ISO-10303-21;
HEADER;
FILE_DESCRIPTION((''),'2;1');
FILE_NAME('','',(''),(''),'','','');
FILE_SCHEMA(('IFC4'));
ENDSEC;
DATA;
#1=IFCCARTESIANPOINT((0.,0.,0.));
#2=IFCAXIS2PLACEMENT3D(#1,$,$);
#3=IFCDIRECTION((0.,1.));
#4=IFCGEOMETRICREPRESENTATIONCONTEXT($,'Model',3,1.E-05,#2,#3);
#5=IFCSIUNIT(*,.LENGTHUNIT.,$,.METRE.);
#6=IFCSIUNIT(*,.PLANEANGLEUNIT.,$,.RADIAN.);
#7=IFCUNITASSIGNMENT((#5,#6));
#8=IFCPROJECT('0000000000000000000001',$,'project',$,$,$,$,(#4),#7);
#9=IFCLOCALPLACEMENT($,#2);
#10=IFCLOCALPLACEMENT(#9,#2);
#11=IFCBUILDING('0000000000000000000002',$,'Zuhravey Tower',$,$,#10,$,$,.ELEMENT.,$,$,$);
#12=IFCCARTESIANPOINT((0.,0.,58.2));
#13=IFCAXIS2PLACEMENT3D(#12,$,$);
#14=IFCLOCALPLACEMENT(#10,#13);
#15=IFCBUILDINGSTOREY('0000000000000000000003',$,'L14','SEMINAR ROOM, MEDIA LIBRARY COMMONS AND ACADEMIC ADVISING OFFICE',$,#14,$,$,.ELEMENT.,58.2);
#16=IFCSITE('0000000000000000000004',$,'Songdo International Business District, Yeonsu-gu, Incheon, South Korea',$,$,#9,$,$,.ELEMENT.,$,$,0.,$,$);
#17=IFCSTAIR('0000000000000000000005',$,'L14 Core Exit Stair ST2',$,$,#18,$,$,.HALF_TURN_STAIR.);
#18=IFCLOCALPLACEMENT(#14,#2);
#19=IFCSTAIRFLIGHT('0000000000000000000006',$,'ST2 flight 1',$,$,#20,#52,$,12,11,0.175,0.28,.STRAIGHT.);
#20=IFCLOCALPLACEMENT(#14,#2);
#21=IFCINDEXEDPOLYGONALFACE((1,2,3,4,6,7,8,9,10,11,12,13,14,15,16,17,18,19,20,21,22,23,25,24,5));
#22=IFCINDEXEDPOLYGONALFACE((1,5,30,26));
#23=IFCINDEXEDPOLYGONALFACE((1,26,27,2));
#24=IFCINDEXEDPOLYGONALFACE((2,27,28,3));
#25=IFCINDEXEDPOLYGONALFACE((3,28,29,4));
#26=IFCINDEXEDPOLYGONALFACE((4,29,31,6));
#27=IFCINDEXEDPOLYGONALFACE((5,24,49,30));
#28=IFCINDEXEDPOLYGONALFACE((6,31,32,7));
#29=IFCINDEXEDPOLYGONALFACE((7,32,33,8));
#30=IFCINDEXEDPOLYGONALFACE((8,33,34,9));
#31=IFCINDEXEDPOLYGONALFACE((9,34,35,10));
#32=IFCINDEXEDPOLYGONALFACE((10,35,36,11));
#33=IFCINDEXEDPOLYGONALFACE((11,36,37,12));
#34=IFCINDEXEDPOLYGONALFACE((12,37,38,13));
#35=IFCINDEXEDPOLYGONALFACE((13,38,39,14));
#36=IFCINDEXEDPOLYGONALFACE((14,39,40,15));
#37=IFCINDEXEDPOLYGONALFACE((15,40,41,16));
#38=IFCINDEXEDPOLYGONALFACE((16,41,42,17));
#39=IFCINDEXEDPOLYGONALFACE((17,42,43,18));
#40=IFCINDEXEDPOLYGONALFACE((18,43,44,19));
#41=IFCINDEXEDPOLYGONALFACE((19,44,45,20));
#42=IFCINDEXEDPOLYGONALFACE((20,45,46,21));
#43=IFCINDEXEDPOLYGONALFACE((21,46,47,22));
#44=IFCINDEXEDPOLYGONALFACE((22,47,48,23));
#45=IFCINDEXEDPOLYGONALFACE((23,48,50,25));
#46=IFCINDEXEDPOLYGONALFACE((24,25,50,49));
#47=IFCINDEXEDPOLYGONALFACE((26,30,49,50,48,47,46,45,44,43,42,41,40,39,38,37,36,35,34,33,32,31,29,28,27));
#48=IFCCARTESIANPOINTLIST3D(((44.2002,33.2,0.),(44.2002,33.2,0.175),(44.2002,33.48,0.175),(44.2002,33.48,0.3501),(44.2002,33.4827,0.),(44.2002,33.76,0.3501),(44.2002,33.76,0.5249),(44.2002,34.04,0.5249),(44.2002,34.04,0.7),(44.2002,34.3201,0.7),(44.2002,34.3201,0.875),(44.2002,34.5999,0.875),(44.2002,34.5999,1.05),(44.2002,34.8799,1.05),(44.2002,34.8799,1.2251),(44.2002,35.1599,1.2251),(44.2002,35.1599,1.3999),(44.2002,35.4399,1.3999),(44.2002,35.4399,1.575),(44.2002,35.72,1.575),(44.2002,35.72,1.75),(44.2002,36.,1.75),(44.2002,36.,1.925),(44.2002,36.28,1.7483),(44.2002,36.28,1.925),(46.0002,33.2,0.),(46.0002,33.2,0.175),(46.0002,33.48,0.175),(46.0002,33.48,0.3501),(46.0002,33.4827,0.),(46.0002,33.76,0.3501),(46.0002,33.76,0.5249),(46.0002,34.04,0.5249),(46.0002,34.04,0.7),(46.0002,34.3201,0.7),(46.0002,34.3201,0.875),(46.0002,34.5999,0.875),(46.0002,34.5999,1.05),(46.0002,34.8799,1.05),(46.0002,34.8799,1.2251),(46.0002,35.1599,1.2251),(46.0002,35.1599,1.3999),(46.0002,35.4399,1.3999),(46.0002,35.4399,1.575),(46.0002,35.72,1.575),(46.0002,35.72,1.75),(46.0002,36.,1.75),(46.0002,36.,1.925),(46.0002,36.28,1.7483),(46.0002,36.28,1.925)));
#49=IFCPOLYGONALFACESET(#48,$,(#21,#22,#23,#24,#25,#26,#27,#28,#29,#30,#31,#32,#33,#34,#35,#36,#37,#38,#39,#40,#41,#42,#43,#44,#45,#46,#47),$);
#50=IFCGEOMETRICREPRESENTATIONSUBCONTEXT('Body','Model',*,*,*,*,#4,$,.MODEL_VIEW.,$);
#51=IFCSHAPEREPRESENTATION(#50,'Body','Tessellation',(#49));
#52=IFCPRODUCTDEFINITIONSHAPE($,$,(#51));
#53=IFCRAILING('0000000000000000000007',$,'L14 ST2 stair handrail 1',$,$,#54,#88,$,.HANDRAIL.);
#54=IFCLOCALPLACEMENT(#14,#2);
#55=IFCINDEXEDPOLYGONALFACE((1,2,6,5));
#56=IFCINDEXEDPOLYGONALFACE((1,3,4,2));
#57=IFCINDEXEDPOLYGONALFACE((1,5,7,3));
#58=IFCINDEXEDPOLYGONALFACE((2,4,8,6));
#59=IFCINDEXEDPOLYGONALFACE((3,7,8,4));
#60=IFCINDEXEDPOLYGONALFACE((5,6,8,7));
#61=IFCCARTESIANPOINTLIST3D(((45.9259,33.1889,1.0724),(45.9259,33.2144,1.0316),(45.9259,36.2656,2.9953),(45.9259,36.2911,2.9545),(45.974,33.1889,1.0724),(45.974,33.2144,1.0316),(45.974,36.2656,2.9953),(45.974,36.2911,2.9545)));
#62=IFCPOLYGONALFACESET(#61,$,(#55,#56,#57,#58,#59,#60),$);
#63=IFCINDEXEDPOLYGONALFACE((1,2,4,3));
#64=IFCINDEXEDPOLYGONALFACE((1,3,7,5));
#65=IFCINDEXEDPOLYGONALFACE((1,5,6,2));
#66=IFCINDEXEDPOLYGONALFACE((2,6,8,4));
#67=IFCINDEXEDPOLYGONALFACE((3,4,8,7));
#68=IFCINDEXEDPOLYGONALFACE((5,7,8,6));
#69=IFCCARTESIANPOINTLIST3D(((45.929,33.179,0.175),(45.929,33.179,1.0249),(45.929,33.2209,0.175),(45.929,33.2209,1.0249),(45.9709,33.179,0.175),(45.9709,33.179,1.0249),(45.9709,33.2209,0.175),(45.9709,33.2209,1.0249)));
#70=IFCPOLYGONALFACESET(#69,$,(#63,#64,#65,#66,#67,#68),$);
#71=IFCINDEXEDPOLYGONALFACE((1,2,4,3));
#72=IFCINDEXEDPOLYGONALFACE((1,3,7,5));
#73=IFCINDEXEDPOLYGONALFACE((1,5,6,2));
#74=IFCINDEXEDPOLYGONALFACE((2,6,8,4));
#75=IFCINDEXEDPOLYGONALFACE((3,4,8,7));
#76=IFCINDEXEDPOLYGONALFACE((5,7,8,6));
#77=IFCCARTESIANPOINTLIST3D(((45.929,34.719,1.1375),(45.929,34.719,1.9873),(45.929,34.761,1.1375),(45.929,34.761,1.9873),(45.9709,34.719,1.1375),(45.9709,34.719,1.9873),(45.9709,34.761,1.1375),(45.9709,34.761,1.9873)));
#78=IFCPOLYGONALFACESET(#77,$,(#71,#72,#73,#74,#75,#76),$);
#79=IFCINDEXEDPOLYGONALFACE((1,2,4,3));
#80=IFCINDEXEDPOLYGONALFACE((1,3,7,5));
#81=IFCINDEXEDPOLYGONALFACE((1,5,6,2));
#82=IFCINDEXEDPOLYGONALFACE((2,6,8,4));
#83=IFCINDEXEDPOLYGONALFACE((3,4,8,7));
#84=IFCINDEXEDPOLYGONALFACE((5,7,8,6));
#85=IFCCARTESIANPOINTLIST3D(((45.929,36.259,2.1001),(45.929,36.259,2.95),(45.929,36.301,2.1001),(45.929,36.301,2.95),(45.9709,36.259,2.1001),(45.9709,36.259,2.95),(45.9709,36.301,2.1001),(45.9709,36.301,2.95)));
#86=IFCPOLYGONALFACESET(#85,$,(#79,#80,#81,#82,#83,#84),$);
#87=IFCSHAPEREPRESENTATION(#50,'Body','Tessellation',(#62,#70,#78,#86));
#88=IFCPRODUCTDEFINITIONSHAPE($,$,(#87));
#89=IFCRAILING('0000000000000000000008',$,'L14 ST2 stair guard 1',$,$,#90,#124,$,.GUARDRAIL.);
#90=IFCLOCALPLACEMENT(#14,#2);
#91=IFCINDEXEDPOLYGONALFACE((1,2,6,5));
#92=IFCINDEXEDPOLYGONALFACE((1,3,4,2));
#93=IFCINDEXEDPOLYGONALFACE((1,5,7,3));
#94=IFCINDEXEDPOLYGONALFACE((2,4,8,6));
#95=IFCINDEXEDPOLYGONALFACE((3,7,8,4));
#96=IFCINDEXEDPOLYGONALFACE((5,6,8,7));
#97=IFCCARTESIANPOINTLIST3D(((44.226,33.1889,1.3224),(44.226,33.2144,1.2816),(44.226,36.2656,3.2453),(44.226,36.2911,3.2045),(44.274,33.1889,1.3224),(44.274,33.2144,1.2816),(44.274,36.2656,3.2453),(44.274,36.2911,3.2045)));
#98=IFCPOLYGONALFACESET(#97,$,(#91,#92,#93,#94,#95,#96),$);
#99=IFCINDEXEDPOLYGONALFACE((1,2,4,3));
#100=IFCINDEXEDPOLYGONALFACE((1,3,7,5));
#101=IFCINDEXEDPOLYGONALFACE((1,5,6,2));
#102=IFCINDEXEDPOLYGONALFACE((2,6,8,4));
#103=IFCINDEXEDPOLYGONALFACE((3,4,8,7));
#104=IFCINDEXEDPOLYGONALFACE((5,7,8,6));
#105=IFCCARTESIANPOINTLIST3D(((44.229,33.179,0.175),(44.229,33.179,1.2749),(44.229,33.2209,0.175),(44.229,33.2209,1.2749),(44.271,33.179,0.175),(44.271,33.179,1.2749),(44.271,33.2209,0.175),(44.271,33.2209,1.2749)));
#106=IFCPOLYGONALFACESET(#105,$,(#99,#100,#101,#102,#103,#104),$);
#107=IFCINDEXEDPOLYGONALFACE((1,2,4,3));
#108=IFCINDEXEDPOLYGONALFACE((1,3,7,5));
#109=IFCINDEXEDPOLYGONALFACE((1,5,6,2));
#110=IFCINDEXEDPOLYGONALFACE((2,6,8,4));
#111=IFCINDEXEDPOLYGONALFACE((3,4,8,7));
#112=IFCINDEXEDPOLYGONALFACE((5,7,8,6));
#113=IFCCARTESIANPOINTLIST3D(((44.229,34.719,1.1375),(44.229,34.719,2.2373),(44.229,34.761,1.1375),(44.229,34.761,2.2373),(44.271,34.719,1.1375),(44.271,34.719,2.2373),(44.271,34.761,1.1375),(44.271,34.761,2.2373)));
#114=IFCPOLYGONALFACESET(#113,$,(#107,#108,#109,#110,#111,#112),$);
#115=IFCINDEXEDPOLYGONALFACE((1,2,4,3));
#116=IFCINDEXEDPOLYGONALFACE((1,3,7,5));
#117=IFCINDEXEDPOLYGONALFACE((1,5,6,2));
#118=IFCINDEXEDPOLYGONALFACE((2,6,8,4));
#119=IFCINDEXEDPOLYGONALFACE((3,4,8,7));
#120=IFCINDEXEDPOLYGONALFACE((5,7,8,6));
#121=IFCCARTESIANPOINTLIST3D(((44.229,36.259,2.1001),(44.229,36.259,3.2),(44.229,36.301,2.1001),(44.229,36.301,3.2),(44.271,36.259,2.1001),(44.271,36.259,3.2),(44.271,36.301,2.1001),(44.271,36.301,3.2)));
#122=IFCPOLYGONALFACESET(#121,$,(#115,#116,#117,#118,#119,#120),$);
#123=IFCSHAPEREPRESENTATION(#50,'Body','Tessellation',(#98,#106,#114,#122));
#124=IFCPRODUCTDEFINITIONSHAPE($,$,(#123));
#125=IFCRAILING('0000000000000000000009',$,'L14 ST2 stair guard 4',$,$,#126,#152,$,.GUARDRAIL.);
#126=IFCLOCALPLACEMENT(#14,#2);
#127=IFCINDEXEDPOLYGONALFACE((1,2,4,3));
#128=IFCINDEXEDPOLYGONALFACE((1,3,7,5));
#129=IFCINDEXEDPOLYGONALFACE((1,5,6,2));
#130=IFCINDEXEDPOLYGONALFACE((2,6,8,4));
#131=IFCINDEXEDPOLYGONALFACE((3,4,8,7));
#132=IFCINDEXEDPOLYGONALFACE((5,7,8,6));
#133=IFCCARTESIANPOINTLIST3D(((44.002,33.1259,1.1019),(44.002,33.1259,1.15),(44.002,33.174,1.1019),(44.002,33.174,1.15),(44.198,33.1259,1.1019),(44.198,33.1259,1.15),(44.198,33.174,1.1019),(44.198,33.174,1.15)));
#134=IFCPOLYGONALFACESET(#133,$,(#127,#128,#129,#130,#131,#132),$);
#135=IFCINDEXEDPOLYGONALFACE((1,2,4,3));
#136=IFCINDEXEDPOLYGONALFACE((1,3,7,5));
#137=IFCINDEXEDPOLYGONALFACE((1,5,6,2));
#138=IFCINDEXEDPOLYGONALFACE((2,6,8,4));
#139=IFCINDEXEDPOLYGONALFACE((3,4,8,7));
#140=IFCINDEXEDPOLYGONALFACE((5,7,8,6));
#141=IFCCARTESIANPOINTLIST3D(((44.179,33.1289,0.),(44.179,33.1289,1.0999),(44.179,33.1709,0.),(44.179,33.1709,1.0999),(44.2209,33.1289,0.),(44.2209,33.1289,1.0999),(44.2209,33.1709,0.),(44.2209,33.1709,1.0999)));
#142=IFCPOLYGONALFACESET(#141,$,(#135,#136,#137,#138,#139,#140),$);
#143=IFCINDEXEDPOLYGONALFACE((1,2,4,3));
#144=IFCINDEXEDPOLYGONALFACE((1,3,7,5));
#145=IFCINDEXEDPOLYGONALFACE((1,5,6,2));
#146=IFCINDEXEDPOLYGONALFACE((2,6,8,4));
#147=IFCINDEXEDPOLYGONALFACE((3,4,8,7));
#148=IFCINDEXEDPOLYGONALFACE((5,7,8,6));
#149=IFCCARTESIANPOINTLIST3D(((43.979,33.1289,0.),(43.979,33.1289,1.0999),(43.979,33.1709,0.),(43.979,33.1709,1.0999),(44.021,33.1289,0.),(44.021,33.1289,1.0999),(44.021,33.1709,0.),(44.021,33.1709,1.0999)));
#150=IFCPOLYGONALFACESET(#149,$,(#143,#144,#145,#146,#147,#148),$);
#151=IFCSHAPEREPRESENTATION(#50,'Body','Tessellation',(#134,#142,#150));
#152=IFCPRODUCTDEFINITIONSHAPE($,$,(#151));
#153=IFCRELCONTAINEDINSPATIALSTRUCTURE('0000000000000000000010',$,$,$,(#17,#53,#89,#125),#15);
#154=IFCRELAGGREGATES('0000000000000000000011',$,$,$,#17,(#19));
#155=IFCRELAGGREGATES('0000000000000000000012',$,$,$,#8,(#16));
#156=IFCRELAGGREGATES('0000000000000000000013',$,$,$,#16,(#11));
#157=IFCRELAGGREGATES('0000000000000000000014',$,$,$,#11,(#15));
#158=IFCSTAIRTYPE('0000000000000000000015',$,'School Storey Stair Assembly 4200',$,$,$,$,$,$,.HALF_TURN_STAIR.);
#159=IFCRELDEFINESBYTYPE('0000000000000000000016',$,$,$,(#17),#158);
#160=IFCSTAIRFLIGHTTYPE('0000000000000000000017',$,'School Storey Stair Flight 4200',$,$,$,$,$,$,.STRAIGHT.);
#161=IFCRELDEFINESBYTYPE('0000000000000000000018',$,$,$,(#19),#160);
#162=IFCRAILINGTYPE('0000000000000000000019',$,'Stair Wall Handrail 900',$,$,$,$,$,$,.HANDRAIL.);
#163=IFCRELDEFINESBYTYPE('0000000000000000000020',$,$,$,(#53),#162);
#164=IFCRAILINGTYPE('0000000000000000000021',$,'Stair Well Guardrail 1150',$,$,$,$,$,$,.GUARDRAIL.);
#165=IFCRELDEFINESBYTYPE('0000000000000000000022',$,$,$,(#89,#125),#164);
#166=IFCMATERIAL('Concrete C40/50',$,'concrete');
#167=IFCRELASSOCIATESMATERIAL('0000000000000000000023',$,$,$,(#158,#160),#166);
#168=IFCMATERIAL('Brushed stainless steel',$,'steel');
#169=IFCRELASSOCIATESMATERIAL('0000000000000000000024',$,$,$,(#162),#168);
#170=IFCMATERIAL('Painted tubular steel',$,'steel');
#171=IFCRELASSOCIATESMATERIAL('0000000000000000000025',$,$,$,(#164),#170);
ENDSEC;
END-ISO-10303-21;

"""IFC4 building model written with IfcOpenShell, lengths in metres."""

from ifc_helpers import new_model, si_unit, direction, frame, origin, origin_2d, place, context, subcontext, project, spatial, polyline, rectangle, outline, extrude, material, type_object, element, aggregate, save


model = new_model("IFC4")

# Units and contexts
model_context = context("Model", 3, precision=1e-05, world=origin(), true_north=direction((0.0, 1.0)))
body_context = subcontext(model_context, "Body", "Model", "MODEL_VIEW")
ifc_project = project(units=[si_unit("LENGTHUNIT", "METRE"), si_unit("PLANEANGLEUNIT", "RADIAN")], contexts=[model_context])

# Site, building, storey
site_placement = place(None, origin())
site = spatial("IfcSite", under=ifc_project, at=site_placement, Name="Songdo International Business District, Yeonsu-gu, Incheon, South Korea", CompositionType="ELEMENT", RefElevation=0.0)
building_placement = place(site_placement, origin())
building = spatial("IfcBuilding", under=site, at=building_placement, Name="Zuhravey Tower", CompositionType="ELEMENT")
storey_placement = place(building_placement, frame((0.0, 0.0, 58.2)))
storey = spatial("IfcBuildingStorey", under=building, at=storey_placement, Name="L14", Description="SEMINAR ROOM, MEDIA LIBRARY COMMONS AND ACADEMIC ADVISING OFFICE", CompositionType="ELEMENT", Elevation=58.2)

# Shared definitions
ifc_material_1 = material(Name="Brushed stainless steel", Category="steel")

# Stair, stair flight
ifc_material_2 = material(Name="Concrete C40/50", Category="concrete")
stair_type = type_object("IfcStairType", Name="School Storey Stair Assembly 4200", PredefinedType="HALF_TURN_STAIR", material=ifc_material_2)
stair_placement = place(storey_placement, origin())
stair = element("IfcStair", 1, at=stair_placement, inside=storey, type_object=stair_type, Name="L14 Core Exit Stair ST2", PredefinedType="HALF_TURN_STAIR")
stair_flight_type = type_object("IfcStairFlightType", Name="School Storey Stair Flight 4200", PredefinedType="STRAIGHT", material=ifc_material_2)
stair_flight_placement = place(storey_placement, frame((45.1001, 33.2, 0.0), z_axis=(0.0, 0.0, 1.0), x_axis=(0.0, 1.0, 0.0)))
stair_flight = element("IfcStairFlight", 2, at=stair_flight_placement, type_object=stair_flight_type, Name="ST2 flight 1", NumberOfRisers=12, NumberOfTreads=11, PredefinedType="STRAIGHT", RiserHeight=0.175, TreadLength=0.28, context=body_context, shape_type="SweptSolid", body=[
    extrude(outline(polyline([(0.0, 0.0), (0.0, 0.175), (0.28, 0.175), (0.28, 0.3501), (0.5601, 0.3501), (0.5601, 0.5249), (0.8401, 0.5249), (0.8401, 0.7), (1.1201, 0.7), (1.1201, 0.875), (1.3999, 0.875), (1.3999, 1.05), (1.6799, 1.05), (1.6799, 1.2251), (1.96, 1.2251), (1.96, 1.3999), (2.24, 1.3999), (2.24, 1.575), (2.52, 1.575), (2.52, 1.75), (2.8, 1.75), (2.8, 1.925), (3.0801, 1.925), (3.0801, 2.1001), (3.0801, 1.7483), (0.2827, 0.0), (0.0, 0.0)])), frame((0.0, 0.8999, 0.0), z_axis=(0.0, -1.0, 0.0), x_axis=(1.0, 0.0, 0.0)), (0.0, 0.0, 1.0), 1.8),
])
aggregate(stair, [stair_flight])

# Railings
railing_type_1 = type_object("IfcRailingType", Name="Stair Wall Handrail 900", PredefinedType="HANDRAIL", material=ifc_material_1)
railing_1_placement = place(storey_placement, frame((45.95, 33.2, 0.175)))
element("IfcRailing", 3, at=railing_1_placement, inside=storey, type_object=railing_type_1, Name="L14 ST2 stair handrail 1", PredefinedType="HANDRAIL", context=body_context, shape_type="SweptSolid", body=[
    extrude(rectangle(XDim=0.0481, YDim=0.0481, at=origin_2d()), frame((0.0, 0.0017, 0.877), z_axis=(0.0, 0.847998, 0.529999), x_axis=(-1.0, 0.0, 0.0)), (0.0, 0.0, 1.0), 3.6282),
    extrude(rectangle(XDim=0.042, YDim=0.042, at=origin_2d()), origin(), (0.0, 0.0, 1.0), 0.8499),
    extrude(rectangle(XDim=0.042, YDim=0.042, at=origin_2d()), frame((0.0, 1.54, 0.9624)), (0.0, 0.0, 1.0), 0.8499),
    extrude(rectangle(XDim=0.042, YDim=0.042, at=origin_2d()), frame((0.0, 3.0801, 1.925)), (0.0, 0.0, 1.0), 0.8499),
])
ifc_material_3 = material(Name="Painted tubular steel", Category="steel")
railing_type_2 = type_object("IfcRailingType", Name="Stair Well Guardrail 1150", PredefinedType="GUARDRAIL", material=ifc_material_3)
railing_2_placement = place(storey_placement, frame((44.25, 33.2, 0.175)))
element("IfcRailing", 4, at=railing_2_placement, inside=storey, type_object=railing_type_2, Name="L14 ST2 stair guard 1", PredefinedType="GUARDRAIL", context=body_context, shape_type="SweptSolid", body=[
    extrude(rectangle(XDim=0.0481, YDim=0.0481, at=origin_2d()), frame((0.0, 0.0017, 1.127), z_axis=(0.0, 0.847998, 0.529999), x_axis=(-1.0, 0.0, 0.0)), (0.0, 0.0, 1.0), 3.6282),
    extrude(rectangle(XDim=0.042, YDim=0.042, at=origin_2d()), origin(), (0.0, 0.0, 1.0), 1.0999),
    extrude(rectangle(XDim=0.042, YDim=0.042, at=origin_2d()), frame((0.0, 1.54, 0.9624)), (0.0, 0.0, 1.0), 1.0999),
    extrude(rectangle(XDim=0.042, YDim=0.042, at=origin_2d()), frame((0.0, 3.0801, 1.925)), (0.0, 0.0, 1.0), 1.0999),
])
railing_3_placement = place(storey_placement, frame((44.2, 33.1499, 0.0)))
element("IfcRailing", 5, at=railing_3_placement, inside=storey, type_object=railing_type_2, Name="L14 ST2 stair guard 4", PredefinedType="GUARDRAIL", context=body_context, shape_type="SweptSolid", body=[
    extrude(rectangle(XDim=0.0481, YDim=0.0481, at=origin_2d()), frame((-0.002, 0.0, 1.126), z_axis=(-1.0, 0.0, 0.0), x_axis=(0.0, -1.0, 0.0)), (0.0, 0.0, 1.0), 0.196),
    extrude(rectangle(XDim=0.042, YDim=0.042, at=origin_2d()), origin(), (0.0, 0.0, 1.0), 1.0999),
    extrude(rectangle(XDim=0.042, YDim=0.042, at=origin_2d()), frame((-0.2, 0.0, 0.0)), (0.0, 0.0, 1.0), 1.0999),
])

save(model, "model.ifc")
